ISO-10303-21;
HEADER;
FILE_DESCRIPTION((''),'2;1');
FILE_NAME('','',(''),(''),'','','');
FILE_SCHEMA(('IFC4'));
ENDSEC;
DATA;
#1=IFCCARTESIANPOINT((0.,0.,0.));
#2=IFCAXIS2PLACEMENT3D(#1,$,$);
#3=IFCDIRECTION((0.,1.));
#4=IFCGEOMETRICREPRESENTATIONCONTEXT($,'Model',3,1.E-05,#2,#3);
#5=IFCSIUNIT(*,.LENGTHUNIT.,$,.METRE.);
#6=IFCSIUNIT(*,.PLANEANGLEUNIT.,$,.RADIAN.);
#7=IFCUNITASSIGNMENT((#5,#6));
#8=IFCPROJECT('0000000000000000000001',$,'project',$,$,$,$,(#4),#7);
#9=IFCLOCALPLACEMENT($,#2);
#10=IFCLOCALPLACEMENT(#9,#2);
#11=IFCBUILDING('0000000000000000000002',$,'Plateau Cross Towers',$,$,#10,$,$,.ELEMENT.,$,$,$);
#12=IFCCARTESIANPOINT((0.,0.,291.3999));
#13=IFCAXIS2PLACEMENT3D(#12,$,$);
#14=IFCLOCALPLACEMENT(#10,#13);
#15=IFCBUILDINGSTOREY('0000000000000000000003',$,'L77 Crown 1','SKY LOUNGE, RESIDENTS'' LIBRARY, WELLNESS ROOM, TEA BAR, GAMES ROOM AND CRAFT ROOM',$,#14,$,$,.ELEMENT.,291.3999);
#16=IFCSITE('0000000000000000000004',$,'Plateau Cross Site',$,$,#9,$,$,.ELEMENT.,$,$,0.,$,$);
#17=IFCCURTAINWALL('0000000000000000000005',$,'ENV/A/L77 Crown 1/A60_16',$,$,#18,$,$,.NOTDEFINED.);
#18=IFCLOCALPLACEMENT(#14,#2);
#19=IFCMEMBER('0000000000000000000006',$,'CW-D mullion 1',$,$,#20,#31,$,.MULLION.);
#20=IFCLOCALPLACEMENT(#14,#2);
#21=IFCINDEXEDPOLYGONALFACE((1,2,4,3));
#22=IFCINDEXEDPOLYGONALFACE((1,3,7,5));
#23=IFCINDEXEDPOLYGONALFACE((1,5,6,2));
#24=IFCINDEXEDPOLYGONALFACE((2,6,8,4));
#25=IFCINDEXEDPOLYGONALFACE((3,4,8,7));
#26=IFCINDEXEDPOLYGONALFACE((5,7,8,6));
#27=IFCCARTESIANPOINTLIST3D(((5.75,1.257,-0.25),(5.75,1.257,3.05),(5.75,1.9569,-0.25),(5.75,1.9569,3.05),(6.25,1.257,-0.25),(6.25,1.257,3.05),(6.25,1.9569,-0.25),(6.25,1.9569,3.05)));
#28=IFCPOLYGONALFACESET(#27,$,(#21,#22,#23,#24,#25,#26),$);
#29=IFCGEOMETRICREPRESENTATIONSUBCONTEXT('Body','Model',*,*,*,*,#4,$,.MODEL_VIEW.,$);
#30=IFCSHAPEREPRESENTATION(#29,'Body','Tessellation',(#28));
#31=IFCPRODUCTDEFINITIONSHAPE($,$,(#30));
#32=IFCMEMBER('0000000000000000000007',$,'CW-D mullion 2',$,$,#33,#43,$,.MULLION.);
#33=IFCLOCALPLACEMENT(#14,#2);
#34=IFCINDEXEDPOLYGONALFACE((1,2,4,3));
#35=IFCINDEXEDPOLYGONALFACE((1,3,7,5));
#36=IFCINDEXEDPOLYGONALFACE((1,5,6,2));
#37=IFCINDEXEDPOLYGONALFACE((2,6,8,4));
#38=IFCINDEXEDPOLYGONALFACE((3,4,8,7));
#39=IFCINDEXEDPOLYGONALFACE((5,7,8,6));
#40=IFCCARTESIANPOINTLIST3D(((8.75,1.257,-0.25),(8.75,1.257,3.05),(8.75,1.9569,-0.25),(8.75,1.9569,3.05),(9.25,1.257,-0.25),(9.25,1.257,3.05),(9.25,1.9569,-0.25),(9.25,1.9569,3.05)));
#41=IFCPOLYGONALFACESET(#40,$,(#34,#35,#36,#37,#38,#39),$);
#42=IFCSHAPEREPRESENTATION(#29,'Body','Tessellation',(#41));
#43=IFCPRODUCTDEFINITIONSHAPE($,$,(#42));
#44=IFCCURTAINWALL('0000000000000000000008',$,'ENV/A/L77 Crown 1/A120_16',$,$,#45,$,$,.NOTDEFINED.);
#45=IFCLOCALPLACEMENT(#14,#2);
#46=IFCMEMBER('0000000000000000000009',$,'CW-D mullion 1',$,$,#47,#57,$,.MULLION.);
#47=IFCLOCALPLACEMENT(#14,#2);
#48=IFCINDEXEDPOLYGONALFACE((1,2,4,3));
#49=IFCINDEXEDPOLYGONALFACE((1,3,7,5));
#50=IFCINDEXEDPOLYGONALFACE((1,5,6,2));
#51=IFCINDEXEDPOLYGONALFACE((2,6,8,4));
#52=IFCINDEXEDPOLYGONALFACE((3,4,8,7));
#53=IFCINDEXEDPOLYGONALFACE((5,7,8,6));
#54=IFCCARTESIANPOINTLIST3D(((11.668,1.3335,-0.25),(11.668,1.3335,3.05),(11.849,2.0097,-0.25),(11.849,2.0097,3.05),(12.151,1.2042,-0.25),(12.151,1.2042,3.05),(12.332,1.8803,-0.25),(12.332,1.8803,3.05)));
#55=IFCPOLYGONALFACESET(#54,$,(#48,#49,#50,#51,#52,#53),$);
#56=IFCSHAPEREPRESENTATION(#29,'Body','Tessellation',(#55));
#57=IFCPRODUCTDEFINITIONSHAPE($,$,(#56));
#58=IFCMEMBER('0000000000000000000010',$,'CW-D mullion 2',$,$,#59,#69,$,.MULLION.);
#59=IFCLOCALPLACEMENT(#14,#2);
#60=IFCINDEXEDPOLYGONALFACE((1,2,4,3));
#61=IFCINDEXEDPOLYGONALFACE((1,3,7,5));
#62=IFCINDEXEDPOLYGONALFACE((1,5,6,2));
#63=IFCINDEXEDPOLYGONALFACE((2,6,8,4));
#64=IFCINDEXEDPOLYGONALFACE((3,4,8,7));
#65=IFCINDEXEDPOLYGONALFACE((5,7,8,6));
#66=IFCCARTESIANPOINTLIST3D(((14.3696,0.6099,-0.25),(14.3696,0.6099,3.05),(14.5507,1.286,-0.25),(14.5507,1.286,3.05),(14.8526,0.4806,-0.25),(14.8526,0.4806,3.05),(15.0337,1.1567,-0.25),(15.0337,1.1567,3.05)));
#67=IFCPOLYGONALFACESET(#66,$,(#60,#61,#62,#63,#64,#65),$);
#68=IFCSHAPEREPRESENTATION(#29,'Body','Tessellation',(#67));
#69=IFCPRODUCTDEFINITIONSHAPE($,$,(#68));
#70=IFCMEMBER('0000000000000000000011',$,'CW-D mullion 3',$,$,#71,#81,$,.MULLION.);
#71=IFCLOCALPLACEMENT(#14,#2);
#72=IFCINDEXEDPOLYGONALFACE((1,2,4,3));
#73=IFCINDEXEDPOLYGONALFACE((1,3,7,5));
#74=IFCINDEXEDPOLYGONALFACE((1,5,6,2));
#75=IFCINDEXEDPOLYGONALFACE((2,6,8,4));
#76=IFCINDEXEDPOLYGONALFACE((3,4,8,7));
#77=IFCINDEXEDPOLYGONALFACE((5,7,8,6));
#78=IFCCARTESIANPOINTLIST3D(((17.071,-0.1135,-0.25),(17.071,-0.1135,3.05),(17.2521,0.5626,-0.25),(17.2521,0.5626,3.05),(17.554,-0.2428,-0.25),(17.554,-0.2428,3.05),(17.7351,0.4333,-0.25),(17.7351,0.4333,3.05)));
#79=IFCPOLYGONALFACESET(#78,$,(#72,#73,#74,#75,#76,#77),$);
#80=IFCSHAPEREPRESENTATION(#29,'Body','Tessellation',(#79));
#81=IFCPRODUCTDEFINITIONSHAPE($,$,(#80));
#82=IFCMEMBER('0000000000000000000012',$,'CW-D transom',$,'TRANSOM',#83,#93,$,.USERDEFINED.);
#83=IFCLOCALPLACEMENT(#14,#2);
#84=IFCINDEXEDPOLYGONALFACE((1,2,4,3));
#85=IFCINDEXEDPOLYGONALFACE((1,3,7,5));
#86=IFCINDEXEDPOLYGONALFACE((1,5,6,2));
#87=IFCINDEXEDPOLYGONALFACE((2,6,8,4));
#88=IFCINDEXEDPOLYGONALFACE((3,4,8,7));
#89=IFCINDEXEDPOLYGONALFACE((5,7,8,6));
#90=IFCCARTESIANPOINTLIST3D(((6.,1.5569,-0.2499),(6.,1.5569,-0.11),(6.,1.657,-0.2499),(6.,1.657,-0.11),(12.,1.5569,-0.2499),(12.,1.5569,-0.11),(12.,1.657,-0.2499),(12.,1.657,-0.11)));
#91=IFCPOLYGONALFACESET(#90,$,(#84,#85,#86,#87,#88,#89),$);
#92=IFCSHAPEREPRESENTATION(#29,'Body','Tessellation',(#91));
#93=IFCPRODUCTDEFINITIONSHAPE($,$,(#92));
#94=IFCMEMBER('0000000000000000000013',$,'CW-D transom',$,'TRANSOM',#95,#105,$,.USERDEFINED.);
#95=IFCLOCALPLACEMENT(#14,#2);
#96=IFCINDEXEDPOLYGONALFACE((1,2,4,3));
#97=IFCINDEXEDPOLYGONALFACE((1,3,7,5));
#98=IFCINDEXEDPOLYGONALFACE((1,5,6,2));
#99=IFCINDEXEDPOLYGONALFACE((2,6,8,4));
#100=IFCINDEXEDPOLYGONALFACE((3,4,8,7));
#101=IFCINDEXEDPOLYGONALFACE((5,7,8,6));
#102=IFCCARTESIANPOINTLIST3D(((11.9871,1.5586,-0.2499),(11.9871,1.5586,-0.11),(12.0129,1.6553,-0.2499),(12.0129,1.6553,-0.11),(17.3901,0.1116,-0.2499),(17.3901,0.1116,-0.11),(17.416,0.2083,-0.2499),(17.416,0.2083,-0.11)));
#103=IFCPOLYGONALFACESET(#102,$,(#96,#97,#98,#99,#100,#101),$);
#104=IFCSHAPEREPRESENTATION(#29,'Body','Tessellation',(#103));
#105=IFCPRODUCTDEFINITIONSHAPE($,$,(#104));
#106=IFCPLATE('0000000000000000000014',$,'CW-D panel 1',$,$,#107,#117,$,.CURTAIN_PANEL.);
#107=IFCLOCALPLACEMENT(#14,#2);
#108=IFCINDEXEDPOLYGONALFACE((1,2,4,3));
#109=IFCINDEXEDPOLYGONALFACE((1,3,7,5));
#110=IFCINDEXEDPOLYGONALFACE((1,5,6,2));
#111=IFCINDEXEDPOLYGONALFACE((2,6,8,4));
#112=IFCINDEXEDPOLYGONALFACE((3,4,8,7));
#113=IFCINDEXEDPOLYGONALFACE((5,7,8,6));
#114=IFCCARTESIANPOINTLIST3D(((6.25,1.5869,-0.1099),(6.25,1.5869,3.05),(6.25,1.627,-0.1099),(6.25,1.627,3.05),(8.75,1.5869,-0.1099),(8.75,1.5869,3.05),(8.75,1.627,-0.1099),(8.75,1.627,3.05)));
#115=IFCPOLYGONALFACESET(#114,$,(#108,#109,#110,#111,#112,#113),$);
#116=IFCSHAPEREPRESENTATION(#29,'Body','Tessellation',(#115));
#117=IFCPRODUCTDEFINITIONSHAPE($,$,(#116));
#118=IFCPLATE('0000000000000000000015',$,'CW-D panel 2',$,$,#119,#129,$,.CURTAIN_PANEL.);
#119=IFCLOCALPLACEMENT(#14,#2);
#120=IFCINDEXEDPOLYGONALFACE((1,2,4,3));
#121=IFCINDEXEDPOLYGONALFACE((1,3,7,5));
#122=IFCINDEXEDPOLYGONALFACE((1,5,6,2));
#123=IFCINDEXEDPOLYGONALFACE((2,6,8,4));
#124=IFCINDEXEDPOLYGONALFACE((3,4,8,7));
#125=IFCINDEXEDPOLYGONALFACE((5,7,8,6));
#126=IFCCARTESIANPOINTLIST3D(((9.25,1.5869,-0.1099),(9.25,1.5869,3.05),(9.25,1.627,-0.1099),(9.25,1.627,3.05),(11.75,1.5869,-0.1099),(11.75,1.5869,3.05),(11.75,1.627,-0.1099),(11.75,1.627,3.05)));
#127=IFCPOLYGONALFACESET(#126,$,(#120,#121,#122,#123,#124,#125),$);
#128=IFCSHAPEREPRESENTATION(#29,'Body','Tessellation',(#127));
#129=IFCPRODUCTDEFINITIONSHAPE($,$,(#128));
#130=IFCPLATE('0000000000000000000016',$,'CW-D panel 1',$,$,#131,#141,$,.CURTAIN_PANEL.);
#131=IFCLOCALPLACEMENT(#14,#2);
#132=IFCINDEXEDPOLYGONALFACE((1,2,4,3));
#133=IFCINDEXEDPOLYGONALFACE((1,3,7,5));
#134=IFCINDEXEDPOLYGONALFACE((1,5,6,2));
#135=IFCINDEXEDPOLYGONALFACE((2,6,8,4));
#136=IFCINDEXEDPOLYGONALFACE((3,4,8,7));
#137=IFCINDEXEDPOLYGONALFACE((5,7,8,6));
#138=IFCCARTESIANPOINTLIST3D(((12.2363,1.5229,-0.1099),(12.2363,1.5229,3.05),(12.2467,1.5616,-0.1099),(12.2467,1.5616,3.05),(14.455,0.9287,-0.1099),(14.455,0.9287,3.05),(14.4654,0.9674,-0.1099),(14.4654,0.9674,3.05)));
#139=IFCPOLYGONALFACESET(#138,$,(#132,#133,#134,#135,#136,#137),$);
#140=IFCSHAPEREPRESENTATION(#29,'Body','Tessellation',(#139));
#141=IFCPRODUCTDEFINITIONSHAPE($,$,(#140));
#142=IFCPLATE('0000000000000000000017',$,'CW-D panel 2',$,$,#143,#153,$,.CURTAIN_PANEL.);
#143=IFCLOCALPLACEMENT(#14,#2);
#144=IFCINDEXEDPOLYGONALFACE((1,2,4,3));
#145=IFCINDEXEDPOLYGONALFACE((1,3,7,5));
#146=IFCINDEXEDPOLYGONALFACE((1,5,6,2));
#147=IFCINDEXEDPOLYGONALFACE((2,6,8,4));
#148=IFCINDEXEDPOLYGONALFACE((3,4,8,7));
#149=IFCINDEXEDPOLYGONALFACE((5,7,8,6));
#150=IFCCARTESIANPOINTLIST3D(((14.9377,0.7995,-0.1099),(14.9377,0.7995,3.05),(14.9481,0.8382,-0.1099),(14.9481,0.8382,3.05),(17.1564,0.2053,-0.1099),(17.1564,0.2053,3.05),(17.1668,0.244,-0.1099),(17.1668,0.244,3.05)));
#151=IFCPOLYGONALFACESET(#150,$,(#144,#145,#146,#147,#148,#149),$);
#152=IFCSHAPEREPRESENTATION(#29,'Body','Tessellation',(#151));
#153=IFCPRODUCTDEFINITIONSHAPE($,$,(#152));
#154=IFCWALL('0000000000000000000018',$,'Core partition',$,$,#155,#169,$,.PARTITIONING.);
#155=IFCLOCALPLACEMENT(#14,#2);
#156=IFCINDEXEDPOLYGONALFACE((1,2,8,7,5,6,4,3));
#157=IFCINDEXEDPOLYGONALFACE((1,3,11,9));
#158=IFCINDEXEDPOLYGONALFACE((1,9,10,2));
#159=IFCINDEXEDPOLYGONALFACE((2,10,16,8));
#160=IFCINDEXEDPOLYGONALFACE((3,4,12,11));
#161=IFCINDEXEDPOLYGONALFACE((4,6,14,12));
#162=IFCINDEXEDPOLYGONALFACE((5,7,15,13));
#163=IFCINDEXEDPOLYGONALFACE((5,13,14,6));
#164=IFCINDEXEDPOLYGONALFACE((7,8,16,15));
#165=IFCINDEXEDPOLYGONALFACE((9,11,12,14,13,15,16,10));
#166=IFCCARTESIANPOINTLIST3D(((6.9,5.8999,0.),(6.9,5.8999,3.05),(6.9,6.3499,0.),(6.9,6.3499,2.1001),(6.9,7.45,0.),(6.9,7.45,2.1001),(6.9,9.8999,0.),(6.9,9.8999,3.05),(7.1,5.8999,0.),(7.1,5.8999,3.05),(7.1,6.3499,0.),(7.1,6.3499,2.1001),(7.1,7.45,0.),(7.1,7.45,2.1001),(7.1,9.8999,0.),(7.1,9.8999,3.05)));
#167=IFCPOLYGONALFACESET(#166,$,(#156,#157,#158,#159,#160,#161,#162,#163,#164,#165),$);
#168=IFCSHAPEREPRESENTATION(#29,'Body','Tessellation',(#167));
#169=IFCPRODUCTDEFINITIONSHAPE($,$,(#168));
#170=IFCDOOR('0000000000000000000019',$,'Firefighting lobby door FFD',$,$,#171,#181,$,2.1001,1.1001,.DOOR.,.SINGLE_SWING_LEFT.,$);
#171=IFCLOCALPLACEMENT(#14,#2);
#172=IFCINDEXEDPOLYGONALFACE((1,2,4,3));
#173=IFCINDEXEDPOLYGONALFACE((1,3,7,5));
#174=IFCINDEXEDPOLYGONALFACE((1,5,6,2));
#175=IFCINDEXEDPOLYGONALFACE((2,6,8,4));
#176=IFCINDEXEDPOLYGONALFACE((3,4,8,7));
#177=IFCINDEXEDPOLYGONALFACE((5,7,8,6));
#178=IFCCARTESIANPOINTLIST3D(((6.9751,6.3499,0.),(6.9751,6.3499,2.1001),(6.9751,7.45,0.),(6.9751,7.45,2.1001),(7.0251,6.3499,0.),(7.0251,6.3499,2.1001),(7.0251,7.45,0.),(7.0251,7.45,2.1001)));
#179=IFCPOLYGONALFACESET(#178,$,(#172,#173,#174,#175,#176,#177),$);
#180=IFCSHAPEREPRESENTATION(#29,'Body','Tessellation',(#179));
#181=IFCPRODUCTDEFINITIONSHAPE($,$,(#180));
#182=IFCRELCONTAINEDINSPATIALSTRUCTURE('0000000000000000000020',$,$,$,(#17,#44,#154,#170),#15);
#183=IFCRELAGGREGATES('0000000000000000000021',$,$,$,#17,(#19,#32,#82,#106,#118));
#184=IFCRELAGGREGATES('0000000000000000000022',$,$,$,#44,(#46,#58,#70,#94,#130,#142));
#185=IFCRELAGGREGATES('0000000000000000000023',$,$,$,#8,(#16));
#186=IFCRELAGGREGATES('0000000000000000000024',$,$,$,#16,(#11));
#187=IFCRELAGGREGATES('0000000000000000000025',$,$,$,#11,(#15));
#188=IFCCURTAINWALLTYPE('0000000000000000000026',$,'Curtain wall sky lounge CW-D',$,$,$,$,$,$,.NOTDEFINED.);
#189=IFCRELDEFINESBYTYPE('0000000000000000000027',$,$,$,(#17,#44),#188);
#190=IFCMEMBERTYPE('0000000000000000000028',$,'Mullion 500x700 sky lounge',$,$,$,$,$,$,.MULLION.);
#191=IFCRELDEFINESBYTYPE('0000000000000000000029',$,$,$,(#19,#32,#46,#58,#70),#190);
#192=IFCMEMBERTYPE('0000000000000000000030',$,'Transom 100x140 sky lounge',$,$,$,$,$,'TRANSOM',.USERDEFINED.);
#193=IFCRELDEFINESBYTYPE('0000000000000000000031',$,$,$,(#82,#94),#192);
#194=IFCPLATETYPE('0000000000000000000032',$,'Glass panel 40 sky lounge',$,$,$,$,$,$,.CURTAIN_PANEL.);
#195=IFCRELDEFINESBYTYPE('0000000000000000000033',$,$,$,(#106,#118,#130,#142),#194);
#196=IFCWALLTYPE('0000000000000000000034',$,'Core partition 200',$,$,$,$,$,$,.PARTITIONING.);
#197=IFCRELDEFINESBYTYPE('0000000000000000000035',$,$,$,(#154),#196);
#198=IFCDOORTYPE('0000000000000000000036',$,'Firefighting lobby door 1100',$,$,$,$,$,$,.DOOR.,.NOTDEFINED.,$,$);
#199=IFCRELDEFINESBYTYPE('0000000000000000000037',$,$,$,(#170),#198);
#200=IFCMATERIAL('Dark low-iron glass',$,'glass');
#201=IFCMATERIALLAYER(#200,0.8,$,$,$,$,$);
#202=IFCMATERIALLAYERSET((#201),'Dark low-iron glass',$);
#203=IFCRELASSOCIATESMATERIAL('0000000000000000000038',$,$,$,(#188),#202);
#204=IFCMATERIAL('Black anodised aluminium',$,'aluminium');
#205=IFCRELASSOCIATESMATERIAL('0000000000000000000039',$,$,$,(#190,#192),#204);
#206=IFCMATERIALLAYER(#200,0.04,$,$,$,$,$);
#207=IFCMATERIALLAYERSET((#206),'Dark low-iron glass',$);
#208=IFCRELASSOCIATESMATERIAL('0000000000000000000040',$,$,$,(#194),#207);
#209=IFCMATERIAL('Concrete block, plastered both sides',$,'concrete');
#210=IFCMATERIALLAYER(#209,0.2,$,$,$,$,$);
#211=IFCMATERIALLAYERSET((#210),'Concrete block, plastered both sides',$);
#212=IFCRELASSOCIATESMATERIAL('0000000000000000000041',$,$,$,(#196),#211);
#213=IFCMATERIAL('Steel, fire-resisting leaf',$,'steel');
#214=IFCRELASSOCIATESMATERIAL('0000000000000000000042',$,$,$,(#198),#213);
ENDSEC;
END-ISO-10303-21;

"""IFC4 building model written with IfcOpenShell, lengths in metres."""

from ifc_helpers import new_model, si_unit, direction, frame, frame_2d, origin, origin_2d, place, context, subcontext, project, spatial, rectangle, extrude, material, layer, layer_set, material_profile, profile_set, type_object, element, fill, aggregate, save


model = new_model("IFC4")

# Units and contexts
model_context = context("Model", 3, precision=1e-05, world=origin(), true_north=direction((0.0, 1.0)))
body_context = subcontext(model_context, "Body", "Model", "MODEL_VIEW")
ifc_project = project(units=[si_unit("LENGTHUNIT", "METRE"), si_unit("PLANEANGLEUNIT", "RADIAN")], contexts=[model_context])

# Site, building, storey
site_placement = place(None, origin())
site = spatial("IfcSite", under=ifc_project, at=site_placement, Name="Plateau Cross Site", CompositionType="ELEMENT", RefElevation=0.0)
building_placement = place(site_placement, origin())
building = spatial("IfcBuilding", under=site, at=building_placement, Name="Plateau Cross Towers", CompositionType="ELEMENT")
storey_placement = place(building_placement, frame((0.0, 0.0, 291.3999)))
storey = spatial("IfcBuildingStorey", under=building, at=storey_placement, Name="L77 Crown 1", Description="SKY LOUNGE, RESIDENTS' LIBRARY, WELLNESS ROOM, TEA BAR, GAMES ROOM AND CRAFT ROOM", CompositionType="ELEMENT", Elevation=291.3999)

# Curtain walls, members
ifc_material_1 = material(Name="Dark low-iron glass", Category="glass")
ifc_layer_1 = layer(ifc_material_1, 0.8)
ifc_layer_set_1 = layer_set([ifc_layer_1], Name="Dark low-iron glass")
curtain_wall_type = type_object("IfcCurtainWallType", Name="Curtain wall sky lounge CW-D", PredefinedType="NOTDEFINED", material=ifc_layer_set_1)
curtain_wall_1_placement = place(storey_placement, origin())
curtain_wall_1 = element("IfcCurtainWall", 1, at=curtain_wall_1_placement, inside=storey, type_object=curtain_wall_type, Name="ENV/A/L77 Crown 1/A60_16", PredefinedType="NOTDEFINED")
ifc_material_2 = material(Name="Black anodised aluminium", Category="aluminium")
ifc_material_profile_1 = material_profile(ifc_material_2, rectangle(XDim=0.5, YDim=0.7, at=origin_2d()), Name="MULLION 500x700")
ifc_profile_set_1 = profile_set([ifc_material_profile_1], Name="Black anodised aluminium")
member_type_1 = type_object("IfcMemberType", Name="Mullion 500x700 sky lounge", PredefinedType="MULLION", material=ifc_profile_set_1)
member_1_placement = place(storey_placement, frame((6.0, 1.6069, -0.25), z_axis=(0.0, 0.0, 1.0), x_axis=(1.0, 0.0, 0.0)))
member_1 = element("IfcMember", 2, at=member_1_placement, type_object=member_type_1, Name="CW-D mullion 1", PredefinedType="MULLION", context=body_context, shape_type="SweptSolid", body=[
    extrude(rectangle(XDim=0.5, YDim=0.7, at=origin_2d()), origin(), (0.0, 0.0, 1.0), 3.3),
])
member_2_placement = place(storey_placement, frame((9.0, 1.6069, -0.25), z_axis=(0.0, 0.0, 1.0), x_axis=(1.0, 0.0, 0.0)))
member_2 = element("IfcMember", 3, at=member_2_placement, type_object=member_type_1, Name="CW-D mullion 2", PredefinedType="MULLION", context=body_context, shape_type="SweptSolid", body=[
    extrude(rectangle(XDim=0.5, YDim=0.7, at=origin_2d()), origin(), (0.0, 0.0, 1.0), 3.3),
])
curtain_wall_2_placement = place(storey_placement, origin())
curtain_wall_2 = element("IfcCurtainWall", 4, at=curtain_wall_2_placement, inside=storey, type_object=curtain_wall_type, Name="ENV/A/L77 Crown 1/A120_16", PredefinedType="NOTDEFINED")
member_3_placement = place(storey_placement, frame((12.0, 1.6069, -0.25), z_axis=(0.0, 0.0, 1.0), x_axis=(0.965958, -0.258699, 0.0)))
member_3 = element("IfcMember", 5, at=member_3_placement, type_object=member_type_1, Name="CW-D mullion 1", PredefinedType="MULLION", context=body_context, shape_type="SweptSolid", body=[
    extrude(rectangle(XDim=0.5, YDim=0.7, at=origin_2d()), origin(), (0.0, 0.0, 1.0), 3.3),
])
member_4_placement = place(storey_placement, frame((14.7017, 0.8833, -0.25), z_axis=(0.0, 0.0, 1.0), x_axis=(0.965958, -0.258699, 0.0)))
member_4 = element("IfcMember", 6, at=member_4_placement, type_object=member_type_1, Name="CW-D mullion 2", PredefinedType="MULLION", context=body_context, shape_type="SweptSolid", body=[
    extrude(rectangle(XDim=0.5, YDim=0.7, at=origin_2d()), origin(), (0.0, 0.0, 1.0), 3.3),
])
member_5_placement = place(storey_placement, frame((17.4031, 0.1599, -0.25), z_axis=(0.0, 0.0, 1.0), x_axis=(0.965958, -0.258699, 0.0)))
member_5 = element("IfcMember", 7, at=member_5_placement, type_object=member_type_1, Name="CW-D mullion 3", PredefinedType="MULLION", context=body_context, shape_type="SweptSolid", body=[
    extrude(rectangle(XDim=0.5, YDim=0.7, at=origin_2d()), origin(), (0.0, 0.0, 1.0), 3.3),
])

# Members
ifc_material_profile_2 = material_profile(ifc_material_2, rectangle(XDim=0.1001, YDim=0.1399, at=origin_2d()), Name="TRANSOM 100x140")
ifc_profile_set_2 = profile_set([ifc_material_profile_2], Name="Black anodised aluminium")
member_type_2 = type_object("IfcMemberType", Name="Transom 100x140 sky lounge", ElementType="TRANSOM", PredefinedType="USERDEFINED", material=ifc_profile_set_2)
member_6_placement = place(storey_placement, frame((6.0, 1.6069, -0.1799), z_axis=(1.0, 0.0, 0.0), x_axis=(0.0, 1.0, 0.0)))
member_6 = element("IfcMember", 8, at=member_6_placement, type_object=member_type_2, Name="CW-D transom", ObjectType="TRANSOM", PredefinedType="USERDEFINED", context=body_context, shape_type="SweptSolid", body=[
    extrude(rectangle(XDim=0.1001, YDim=0.1399, at=origin_2d()), origin(), (0.0, 0.0, 1.0), 6.0),
])
member_7_placement = place(storey_placement, frame((12.0, 1.6069, -0.1799), z_axis=(0.965958, -0.258698, 0.0), x_axis=(0.258698, 0.965958, 0.0)))
member_7 = element("IfcMember", 9, at=member_7_placement, type_object=member_type_2, Name="CW-D transom", ObjectType="TRANSOM", PredefinedType="USERDEFINED", context=body_context, shape_type="SweptSolid", body=[
    extrude(rectangle(XDim=0.1001, YDim=0.1399, at=origin_2d()), origin(), (0.0, 0.0, 1.0), 5.5935),
])

# Plates
ifc_layer_2 = layer(ifc_material_1, 0.04)
ifc_layer_set_2 = layer_set([ifc_layer_2], Name="Dark low-iron glass")
plate_type = type_object("IfcPlateType", Name="Glass panel 40 sky lounge", PredefinedType="CURTAIN_PANEL", material=ifc_layer_set_2)
plate_1_placement = place(storey_placement, frame((7.5, 1.6069, -0.1099), z_axis=(0.0, 0.0, 1.0), x_axis=(1.0, 0.0, 0.0)))
plate_1 = element("IfcPlate", 10, at=plate_1_placement, type_object=plate_type, Name="CW-D panel 1", PredefinedType="CURTAIN_PANEL", context=body_context, shape_type="SweptSolid", body=[
    extrude(rectangle(XDim=2.5, YDim=0.04, at=origin_2d()), origin(), (0.0, 0.0, 1.0), 3.1599),
])
plate_2_placement = place(storey_placement, frame((10.5, 1.6069, -0.1099), z_axis=(0.0, 0.0, 1.0), x_axis=(1.0, 0.0, 0.0)))
plate_2 = element("IfcPlate", 11, at=plate_2_placement, type_object=plate_type, Name="CW-D panel 2", PredefinedType="CURTAIN_PANEL", context=body_context, shape_type="SweptSolid", body=[
    extrude(rectangle(XDim=2.5, YDim=0.04, at=origin_2d()), origin(), (0.0, 0.0, 1.0), 3.1599),
])
aggregate(curtain_wall_1, [member_1, member_2, member_6, plate_1, plate_2])
plate_3_placement = place(storey_placement, frame((13.3508, 1.2451, -0.1099), z_axis=(0.0, 0.0, 1.0), x_axis=(0.965958, -0.258699, 0.0)))
plate_3 = element("IfcPlate", 12, at=plate_3_placement, type_object=plate_type, Name="CW-D panel 1", PredefinedType="CURTAIN_PANEL", context=body_context, shape_type="SweptSolid", body=[
    extrude(rectangle(XDim=2.2969, YDim=0.04, at=origin_2d()), origin(), (0.0, 0.0, 1.0), 3.1599),
])
plate_4_placement = place(storey_placement, frame((16.0522, 0.5217, -0.1099), z_axis=(0.0, 0.0, 1.0), x_axis=(0.965958, -0.258699, 0.0)))
plate_4 = element("IfcPlate", 13, at=plate_4_placement, type_object=plate_type, Name="CW-D panel 2", PredefinedType="CURTAIN_PANEL", context=body_context, shape_type="SweptSolid", body=[
    extrude(rectangle(XDim=2.2969, YDim=0.04, at=origin_2d()), origin(), (0.0, 0.0, 1.0), 3.1599),
])
aggregate(curtain_wall_2, [member_3, member_4, member_5, member_7, plate_3, plate_4])

# Wall, opening, door
ifc_material_3 = material(Name="Concrete block, plastered both sides", Category="concrete")
ifc_layer_3 = layer(ifc_material_3, 0.2)
ifc_layer_set_3 = layer_set([ifc_layer_3], Name="Concrete block, plastered both sides")
wall_type_1 = type_object("IfcWallType", Name="Core partition 200", PredefinedType="PARTITIONING", material=ifc_layer_set_3)
wall_1_placement = place(storey_placement, frame((7.0, 5.8999, 0.0), z_axis=(0.0, 0.0, 1.0), x_axis=(0.0, 1.0, 0.0)))
wall_1 = element("IfcWall", 14, at=wall_1_placement, inside=storey, type_object=wall_type_1, Name="Core partition", PredefinedType="PARTITIONING", context=body_context, shape_type="SweptSolid", body=[
    extrude(rectangle(XDim=4.0, YDim=0.2, at=frame_2d((2.0, 0.0))), origin(), (0.0, 0.0, 1.0), 3.05),
])
opening_placement = place(wall_1_placement, frame((0.45, 0.0, 0.0)))
opening = element("IfcOpeningElement", 15, at=opening_placement, cuts=wall_1, PredefinedType="OPENING", context=body_context, shape_type="SweptSolid", body=[
    extrude(rectangle(XDim=1.1001, YDim=2.1001, at=frame_2d((0.55, 1.05))), frame((0.0, 0.1099, 0.0), z_axis=(0.0, -1.0, 0.0), x_axis=(1.0, 0.0, 0.0)), (0.0, 0.0, 1.0), 0.22),
])
ifc_material_4 = material(Name="Steel, fire-resisting leaf", Category="steel")
door_type = type_object("IfcDoorType", Name="Firefighting lobby door 1100", OperationType="NOTDEFINED", PredefinedType="DOOR", material=ifc_material_4)
door_placement = place(opening_placement, origin())
door = element("IfcDoor", 16, at=door_placement, inside=storey, type_object=door_type, Name="Firefighting lobby door FFD", OperationType="SINGLE_SWING_LEFT", OverallHeight=2.1001, OverallWidth=1.1001, PredefinedType="DOOR", context=body_context, shape_type="SweptSolid", body=[
    extrude(rectangle(XDim=1.1001, YDim=2.1001, at=frame_2d((0.55, 1.05))), frame((0.0, 0.0249, 0.0), z_axis=(0.0, -1.0, 0.0), x_axis=(1.0, 0.0, 0.0)), (0.0, 0.0, 1.0), 0.05),
])
fill(opening, door)

save(model, "model.ifc")
